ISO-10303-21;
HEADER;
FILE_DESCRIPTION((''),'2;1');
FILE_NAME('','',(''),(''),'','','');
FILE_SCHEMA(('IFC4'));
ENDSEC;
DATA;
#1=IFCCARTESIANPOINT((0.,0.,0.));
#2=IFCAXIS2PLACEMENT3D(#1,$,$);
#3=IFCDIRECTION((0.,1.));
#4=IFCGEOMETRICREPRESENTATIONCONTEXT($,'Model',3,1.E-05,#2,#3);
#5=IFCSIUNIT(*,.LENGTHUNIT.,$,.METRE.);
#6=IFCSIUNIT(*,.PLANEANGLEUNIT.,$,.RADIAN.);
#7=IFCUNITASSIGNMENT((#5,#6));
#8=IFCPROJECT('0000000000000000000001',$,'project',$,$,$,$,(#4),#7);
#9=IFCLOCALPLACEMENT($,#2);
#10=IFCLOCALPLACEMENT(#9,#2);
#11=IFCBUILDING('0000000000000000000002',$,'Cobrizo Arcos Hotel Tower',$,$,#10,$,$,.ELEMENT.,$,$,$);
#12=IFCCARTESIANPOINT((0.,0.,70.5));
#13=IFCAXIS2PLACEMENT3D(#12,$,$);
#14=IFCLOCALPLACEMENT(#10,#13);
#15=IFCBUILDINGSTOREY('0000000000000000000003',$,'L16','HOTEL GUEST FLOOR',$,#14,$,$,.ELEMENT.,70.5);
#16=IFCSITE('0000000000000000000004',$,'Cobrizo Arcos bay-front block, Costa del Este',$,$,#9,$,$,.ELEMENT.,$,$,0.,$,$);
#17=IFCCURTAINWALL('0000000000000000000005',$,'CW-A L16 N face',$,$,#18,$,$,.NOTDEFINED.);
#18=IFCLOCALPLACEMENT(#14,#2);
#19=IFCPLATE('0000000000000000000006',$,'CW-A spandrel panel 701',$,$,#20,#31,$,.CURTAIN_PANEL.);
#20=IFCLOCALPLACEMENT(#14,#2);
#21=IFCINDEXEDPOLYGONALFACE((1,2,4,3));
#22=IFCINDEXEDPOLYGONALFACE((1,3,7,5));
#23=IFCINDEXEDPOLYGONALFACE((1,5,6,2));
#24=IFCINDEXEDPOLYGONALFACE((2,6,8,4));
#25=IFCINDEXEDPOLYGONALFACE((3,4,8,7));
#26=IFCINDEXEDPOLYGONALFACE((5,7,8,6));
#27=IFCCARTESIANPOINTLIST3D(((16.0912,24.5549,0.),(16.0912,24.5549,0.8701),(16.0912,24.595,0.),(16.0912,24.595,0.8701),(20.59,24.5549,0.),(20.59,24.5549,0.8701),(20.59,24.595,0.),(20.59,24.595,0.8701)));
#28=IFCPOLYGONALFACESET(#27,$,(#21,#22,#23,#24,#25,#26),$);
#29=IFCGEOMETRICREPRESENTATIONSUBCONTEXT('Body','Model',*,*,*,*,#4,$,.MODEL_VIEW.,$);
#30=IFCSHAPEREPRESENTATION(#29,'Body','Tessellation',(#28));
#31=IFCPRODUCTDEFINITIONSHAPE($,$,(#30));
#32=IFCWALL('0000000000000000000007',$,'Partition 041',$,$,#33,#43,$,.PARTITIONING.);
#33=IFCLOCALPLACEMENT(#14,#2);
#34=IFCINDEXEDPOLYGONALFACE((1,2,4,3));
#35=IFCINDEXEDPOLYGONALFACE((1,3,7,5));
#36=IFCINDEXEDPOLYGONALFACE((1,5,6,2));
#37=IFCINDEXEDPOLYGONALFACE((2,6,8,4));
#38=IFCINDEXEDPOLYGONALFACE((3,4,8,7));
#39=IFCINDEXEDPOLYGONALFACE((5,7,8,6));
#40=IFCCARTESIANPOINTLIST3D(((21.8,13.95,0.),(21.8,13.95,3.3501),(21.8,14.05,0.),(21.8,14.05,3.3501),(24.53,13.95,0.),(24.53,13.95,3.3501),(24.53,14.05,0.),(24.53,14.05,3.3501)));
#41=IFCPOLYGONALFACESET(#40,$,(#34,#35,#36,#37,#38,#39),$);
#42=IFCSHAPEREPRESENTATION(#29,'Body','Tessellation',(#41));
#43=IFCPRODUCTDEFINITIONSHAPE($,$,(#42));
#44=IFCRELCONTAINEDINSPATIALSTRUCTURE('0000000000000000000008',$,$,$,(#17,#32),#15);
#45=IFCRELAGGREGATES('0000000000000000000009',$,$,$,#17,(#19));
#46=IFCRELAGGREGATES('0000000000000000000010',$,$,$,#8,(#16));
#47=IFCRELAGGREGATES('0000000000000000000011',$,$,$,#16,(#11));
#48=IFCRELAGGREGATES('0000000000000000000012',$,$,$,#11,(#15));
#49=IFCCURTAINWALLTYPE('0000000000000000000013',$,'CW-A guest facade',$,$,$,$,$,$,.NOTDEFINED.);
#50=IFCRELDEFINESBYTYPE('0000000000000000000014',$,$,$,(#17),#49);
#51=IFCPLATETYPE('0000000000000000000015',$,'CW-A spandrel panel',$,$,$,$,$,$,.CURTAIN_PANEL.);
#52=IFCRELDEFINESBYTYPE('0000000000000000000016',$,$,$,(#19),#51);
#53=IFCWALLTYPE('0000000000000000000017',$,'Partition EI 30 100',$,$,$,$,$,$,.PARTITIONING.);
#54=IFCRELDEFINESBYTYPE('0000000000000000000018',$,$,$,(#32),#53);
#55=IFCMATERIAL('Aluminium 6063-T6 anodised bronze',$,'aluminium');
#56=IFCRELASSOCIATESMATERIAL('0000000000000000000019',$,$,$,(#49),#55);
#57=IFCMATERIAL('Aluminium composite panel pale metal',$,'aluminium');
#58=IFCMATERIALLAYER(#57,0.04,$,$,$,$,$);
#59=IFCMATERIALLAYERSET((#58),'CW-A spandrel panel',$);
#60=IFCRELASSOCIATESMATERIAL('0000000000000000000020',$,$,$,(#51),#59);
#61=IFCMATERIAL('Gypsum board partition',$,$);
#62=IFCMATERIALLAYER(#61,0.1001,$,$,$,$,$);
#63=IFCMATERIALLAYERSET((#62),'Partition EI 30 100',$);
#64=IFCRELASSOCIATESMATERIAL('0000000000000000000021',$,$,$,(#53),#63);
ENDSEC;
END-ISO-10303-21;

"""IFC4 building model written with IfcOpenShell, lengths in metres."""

from ifc_helpers import new_model, si_unit, direction, frame, frame_2d, origin, origin_2d, place, context, subcontext, project, spatial, rectangle, extrude, material, layer, layer_set, type_object, element, aggregate, save


model = new_model("IFC4")

# Units and contexts
model_context = context("Model", 3, precision=1e-05, world=origin(), true_north=direction((0.0, 1.0)))
body_context = subcontext(model_context, "Body", "Model", "MODEL_VIEW")
ifc_project = project(units=[si_unit("LENGTHUNIT", "METRE"), si_unit("PLANEANGLEUNIT", "RADIAN")], contexts=[model_context])

# Site, building, storey
site_placement = place(None, origin())
site = spatial("IfcSite", under=ifc_project, at=site_placement, Name="Cobrizo Arcos bay-front block, Costa del Este", CompositionType="ELEMENT", RefElevation=0.0)
building_placement = place(site_placement, origin())
building = spatial("IfcBuilding", under=site, at=building_placement, Name="Cobrizo Arcos Hotel Tower", CompositionType="ELEMENT")
storey_placement = place(building_placement, frame((0.0, 0.0, 70.5)))
storey = spatial("IfcBuildingStorey", under=building, at=storey_placement, Name="L16", Description="HOTEL GUEST FLOOR", CompositionType="ELEMENT", Elevation=70.5)

# Shared definitions
ifc_material_1 = material(Name="Aluminium 6063-T6 anodised bronze", Category="aluminium")
curtain_wall_type = type_object("IfcCurtainWallType", Name="CW-A guest facade", PredefinedType="NOTDEFINED", material=ifc_material_1)

# Curtain wall
curtain_wall_1_placement = place(storey_placement, origin())
curtain_wall_1 = element("IfcCurtainWall", 1, at=curtain_wall_1_placement, inside=storey, type_object=curtain_wall_type, Name="CW-A L16 N face", PredefinedType="NOTDEFINED")

# Plate
ifc_material_2 = material(Name="Aluminium composite panel pale metal", Category="aluminium")
ifc_layer_1 = layer(ifc_material_2, 0.04)
ifc_layer_set_1 = layer_set([ifc_layer_1], Name="CW-A spandrel panel")
plate_type_1 = type_object("IfcPlateType", Name="CW-A spandrel panel", PredefinedType="CURTAIN_PANEL", material=ifc_layer_set_1)
plate_1_placement = place(storey_placement, frame((18.3406, 24.575, 0.0), z_axis=(0.0, 0.0, 1.0), x_axis=(-1.0, 0.0, 0.0)))
plate_1 = element("IfcPlate", 2, at=plate_1_placement, type_object=plate_type_1, Name="CW-A spandrel panel 701", PredefinedType="CURTAIN_PANEL", context=body_context, shape_type="SweptSolid", body=[
    extrude(rectangle(XDim=4.4988, YDim=0.04, at=origin_2d()), origin(), (0.0, 0.0, 1.0), 0.8701),
])
aggregate(curtain_wall_1, [plate_1])

# Wall
ifc_material_3 = material(Name="Gypsum board partition")
ifc_layer_2 = layer(ifc_material_3, 0.1001)
ifc_layer_set_2 = layer_set([ifc_layer_2], Name="Partition EI 30 100")
wall_type = type_object("IfcWallType", Name="Partition EI 30 100", PredefinedType="PARTITIONING", material=ifc_layer_set_2)
wall_placement = place(storey_placement, frame((21.8, 14.0, 0.0), z_axis=(0.0, 0.0, 1.0), x_axis=(1.0, 0.0, 0.0)))
element("IfcWall", 3, at=wall_placement, inside=storey, type_object=wall_type, Name="Partition 041", PredefinedType="PARTITIONING", context=body_context, shape_type="SweptSolid", body=[
    extrude(rectangle(XDim=2.73, YDim=0.1001, at=frame_2d((1.365, 0.0))), origin(), (0.0, 0.0, 1.0), 3.3501),
])

save(model, "model.ifc")
